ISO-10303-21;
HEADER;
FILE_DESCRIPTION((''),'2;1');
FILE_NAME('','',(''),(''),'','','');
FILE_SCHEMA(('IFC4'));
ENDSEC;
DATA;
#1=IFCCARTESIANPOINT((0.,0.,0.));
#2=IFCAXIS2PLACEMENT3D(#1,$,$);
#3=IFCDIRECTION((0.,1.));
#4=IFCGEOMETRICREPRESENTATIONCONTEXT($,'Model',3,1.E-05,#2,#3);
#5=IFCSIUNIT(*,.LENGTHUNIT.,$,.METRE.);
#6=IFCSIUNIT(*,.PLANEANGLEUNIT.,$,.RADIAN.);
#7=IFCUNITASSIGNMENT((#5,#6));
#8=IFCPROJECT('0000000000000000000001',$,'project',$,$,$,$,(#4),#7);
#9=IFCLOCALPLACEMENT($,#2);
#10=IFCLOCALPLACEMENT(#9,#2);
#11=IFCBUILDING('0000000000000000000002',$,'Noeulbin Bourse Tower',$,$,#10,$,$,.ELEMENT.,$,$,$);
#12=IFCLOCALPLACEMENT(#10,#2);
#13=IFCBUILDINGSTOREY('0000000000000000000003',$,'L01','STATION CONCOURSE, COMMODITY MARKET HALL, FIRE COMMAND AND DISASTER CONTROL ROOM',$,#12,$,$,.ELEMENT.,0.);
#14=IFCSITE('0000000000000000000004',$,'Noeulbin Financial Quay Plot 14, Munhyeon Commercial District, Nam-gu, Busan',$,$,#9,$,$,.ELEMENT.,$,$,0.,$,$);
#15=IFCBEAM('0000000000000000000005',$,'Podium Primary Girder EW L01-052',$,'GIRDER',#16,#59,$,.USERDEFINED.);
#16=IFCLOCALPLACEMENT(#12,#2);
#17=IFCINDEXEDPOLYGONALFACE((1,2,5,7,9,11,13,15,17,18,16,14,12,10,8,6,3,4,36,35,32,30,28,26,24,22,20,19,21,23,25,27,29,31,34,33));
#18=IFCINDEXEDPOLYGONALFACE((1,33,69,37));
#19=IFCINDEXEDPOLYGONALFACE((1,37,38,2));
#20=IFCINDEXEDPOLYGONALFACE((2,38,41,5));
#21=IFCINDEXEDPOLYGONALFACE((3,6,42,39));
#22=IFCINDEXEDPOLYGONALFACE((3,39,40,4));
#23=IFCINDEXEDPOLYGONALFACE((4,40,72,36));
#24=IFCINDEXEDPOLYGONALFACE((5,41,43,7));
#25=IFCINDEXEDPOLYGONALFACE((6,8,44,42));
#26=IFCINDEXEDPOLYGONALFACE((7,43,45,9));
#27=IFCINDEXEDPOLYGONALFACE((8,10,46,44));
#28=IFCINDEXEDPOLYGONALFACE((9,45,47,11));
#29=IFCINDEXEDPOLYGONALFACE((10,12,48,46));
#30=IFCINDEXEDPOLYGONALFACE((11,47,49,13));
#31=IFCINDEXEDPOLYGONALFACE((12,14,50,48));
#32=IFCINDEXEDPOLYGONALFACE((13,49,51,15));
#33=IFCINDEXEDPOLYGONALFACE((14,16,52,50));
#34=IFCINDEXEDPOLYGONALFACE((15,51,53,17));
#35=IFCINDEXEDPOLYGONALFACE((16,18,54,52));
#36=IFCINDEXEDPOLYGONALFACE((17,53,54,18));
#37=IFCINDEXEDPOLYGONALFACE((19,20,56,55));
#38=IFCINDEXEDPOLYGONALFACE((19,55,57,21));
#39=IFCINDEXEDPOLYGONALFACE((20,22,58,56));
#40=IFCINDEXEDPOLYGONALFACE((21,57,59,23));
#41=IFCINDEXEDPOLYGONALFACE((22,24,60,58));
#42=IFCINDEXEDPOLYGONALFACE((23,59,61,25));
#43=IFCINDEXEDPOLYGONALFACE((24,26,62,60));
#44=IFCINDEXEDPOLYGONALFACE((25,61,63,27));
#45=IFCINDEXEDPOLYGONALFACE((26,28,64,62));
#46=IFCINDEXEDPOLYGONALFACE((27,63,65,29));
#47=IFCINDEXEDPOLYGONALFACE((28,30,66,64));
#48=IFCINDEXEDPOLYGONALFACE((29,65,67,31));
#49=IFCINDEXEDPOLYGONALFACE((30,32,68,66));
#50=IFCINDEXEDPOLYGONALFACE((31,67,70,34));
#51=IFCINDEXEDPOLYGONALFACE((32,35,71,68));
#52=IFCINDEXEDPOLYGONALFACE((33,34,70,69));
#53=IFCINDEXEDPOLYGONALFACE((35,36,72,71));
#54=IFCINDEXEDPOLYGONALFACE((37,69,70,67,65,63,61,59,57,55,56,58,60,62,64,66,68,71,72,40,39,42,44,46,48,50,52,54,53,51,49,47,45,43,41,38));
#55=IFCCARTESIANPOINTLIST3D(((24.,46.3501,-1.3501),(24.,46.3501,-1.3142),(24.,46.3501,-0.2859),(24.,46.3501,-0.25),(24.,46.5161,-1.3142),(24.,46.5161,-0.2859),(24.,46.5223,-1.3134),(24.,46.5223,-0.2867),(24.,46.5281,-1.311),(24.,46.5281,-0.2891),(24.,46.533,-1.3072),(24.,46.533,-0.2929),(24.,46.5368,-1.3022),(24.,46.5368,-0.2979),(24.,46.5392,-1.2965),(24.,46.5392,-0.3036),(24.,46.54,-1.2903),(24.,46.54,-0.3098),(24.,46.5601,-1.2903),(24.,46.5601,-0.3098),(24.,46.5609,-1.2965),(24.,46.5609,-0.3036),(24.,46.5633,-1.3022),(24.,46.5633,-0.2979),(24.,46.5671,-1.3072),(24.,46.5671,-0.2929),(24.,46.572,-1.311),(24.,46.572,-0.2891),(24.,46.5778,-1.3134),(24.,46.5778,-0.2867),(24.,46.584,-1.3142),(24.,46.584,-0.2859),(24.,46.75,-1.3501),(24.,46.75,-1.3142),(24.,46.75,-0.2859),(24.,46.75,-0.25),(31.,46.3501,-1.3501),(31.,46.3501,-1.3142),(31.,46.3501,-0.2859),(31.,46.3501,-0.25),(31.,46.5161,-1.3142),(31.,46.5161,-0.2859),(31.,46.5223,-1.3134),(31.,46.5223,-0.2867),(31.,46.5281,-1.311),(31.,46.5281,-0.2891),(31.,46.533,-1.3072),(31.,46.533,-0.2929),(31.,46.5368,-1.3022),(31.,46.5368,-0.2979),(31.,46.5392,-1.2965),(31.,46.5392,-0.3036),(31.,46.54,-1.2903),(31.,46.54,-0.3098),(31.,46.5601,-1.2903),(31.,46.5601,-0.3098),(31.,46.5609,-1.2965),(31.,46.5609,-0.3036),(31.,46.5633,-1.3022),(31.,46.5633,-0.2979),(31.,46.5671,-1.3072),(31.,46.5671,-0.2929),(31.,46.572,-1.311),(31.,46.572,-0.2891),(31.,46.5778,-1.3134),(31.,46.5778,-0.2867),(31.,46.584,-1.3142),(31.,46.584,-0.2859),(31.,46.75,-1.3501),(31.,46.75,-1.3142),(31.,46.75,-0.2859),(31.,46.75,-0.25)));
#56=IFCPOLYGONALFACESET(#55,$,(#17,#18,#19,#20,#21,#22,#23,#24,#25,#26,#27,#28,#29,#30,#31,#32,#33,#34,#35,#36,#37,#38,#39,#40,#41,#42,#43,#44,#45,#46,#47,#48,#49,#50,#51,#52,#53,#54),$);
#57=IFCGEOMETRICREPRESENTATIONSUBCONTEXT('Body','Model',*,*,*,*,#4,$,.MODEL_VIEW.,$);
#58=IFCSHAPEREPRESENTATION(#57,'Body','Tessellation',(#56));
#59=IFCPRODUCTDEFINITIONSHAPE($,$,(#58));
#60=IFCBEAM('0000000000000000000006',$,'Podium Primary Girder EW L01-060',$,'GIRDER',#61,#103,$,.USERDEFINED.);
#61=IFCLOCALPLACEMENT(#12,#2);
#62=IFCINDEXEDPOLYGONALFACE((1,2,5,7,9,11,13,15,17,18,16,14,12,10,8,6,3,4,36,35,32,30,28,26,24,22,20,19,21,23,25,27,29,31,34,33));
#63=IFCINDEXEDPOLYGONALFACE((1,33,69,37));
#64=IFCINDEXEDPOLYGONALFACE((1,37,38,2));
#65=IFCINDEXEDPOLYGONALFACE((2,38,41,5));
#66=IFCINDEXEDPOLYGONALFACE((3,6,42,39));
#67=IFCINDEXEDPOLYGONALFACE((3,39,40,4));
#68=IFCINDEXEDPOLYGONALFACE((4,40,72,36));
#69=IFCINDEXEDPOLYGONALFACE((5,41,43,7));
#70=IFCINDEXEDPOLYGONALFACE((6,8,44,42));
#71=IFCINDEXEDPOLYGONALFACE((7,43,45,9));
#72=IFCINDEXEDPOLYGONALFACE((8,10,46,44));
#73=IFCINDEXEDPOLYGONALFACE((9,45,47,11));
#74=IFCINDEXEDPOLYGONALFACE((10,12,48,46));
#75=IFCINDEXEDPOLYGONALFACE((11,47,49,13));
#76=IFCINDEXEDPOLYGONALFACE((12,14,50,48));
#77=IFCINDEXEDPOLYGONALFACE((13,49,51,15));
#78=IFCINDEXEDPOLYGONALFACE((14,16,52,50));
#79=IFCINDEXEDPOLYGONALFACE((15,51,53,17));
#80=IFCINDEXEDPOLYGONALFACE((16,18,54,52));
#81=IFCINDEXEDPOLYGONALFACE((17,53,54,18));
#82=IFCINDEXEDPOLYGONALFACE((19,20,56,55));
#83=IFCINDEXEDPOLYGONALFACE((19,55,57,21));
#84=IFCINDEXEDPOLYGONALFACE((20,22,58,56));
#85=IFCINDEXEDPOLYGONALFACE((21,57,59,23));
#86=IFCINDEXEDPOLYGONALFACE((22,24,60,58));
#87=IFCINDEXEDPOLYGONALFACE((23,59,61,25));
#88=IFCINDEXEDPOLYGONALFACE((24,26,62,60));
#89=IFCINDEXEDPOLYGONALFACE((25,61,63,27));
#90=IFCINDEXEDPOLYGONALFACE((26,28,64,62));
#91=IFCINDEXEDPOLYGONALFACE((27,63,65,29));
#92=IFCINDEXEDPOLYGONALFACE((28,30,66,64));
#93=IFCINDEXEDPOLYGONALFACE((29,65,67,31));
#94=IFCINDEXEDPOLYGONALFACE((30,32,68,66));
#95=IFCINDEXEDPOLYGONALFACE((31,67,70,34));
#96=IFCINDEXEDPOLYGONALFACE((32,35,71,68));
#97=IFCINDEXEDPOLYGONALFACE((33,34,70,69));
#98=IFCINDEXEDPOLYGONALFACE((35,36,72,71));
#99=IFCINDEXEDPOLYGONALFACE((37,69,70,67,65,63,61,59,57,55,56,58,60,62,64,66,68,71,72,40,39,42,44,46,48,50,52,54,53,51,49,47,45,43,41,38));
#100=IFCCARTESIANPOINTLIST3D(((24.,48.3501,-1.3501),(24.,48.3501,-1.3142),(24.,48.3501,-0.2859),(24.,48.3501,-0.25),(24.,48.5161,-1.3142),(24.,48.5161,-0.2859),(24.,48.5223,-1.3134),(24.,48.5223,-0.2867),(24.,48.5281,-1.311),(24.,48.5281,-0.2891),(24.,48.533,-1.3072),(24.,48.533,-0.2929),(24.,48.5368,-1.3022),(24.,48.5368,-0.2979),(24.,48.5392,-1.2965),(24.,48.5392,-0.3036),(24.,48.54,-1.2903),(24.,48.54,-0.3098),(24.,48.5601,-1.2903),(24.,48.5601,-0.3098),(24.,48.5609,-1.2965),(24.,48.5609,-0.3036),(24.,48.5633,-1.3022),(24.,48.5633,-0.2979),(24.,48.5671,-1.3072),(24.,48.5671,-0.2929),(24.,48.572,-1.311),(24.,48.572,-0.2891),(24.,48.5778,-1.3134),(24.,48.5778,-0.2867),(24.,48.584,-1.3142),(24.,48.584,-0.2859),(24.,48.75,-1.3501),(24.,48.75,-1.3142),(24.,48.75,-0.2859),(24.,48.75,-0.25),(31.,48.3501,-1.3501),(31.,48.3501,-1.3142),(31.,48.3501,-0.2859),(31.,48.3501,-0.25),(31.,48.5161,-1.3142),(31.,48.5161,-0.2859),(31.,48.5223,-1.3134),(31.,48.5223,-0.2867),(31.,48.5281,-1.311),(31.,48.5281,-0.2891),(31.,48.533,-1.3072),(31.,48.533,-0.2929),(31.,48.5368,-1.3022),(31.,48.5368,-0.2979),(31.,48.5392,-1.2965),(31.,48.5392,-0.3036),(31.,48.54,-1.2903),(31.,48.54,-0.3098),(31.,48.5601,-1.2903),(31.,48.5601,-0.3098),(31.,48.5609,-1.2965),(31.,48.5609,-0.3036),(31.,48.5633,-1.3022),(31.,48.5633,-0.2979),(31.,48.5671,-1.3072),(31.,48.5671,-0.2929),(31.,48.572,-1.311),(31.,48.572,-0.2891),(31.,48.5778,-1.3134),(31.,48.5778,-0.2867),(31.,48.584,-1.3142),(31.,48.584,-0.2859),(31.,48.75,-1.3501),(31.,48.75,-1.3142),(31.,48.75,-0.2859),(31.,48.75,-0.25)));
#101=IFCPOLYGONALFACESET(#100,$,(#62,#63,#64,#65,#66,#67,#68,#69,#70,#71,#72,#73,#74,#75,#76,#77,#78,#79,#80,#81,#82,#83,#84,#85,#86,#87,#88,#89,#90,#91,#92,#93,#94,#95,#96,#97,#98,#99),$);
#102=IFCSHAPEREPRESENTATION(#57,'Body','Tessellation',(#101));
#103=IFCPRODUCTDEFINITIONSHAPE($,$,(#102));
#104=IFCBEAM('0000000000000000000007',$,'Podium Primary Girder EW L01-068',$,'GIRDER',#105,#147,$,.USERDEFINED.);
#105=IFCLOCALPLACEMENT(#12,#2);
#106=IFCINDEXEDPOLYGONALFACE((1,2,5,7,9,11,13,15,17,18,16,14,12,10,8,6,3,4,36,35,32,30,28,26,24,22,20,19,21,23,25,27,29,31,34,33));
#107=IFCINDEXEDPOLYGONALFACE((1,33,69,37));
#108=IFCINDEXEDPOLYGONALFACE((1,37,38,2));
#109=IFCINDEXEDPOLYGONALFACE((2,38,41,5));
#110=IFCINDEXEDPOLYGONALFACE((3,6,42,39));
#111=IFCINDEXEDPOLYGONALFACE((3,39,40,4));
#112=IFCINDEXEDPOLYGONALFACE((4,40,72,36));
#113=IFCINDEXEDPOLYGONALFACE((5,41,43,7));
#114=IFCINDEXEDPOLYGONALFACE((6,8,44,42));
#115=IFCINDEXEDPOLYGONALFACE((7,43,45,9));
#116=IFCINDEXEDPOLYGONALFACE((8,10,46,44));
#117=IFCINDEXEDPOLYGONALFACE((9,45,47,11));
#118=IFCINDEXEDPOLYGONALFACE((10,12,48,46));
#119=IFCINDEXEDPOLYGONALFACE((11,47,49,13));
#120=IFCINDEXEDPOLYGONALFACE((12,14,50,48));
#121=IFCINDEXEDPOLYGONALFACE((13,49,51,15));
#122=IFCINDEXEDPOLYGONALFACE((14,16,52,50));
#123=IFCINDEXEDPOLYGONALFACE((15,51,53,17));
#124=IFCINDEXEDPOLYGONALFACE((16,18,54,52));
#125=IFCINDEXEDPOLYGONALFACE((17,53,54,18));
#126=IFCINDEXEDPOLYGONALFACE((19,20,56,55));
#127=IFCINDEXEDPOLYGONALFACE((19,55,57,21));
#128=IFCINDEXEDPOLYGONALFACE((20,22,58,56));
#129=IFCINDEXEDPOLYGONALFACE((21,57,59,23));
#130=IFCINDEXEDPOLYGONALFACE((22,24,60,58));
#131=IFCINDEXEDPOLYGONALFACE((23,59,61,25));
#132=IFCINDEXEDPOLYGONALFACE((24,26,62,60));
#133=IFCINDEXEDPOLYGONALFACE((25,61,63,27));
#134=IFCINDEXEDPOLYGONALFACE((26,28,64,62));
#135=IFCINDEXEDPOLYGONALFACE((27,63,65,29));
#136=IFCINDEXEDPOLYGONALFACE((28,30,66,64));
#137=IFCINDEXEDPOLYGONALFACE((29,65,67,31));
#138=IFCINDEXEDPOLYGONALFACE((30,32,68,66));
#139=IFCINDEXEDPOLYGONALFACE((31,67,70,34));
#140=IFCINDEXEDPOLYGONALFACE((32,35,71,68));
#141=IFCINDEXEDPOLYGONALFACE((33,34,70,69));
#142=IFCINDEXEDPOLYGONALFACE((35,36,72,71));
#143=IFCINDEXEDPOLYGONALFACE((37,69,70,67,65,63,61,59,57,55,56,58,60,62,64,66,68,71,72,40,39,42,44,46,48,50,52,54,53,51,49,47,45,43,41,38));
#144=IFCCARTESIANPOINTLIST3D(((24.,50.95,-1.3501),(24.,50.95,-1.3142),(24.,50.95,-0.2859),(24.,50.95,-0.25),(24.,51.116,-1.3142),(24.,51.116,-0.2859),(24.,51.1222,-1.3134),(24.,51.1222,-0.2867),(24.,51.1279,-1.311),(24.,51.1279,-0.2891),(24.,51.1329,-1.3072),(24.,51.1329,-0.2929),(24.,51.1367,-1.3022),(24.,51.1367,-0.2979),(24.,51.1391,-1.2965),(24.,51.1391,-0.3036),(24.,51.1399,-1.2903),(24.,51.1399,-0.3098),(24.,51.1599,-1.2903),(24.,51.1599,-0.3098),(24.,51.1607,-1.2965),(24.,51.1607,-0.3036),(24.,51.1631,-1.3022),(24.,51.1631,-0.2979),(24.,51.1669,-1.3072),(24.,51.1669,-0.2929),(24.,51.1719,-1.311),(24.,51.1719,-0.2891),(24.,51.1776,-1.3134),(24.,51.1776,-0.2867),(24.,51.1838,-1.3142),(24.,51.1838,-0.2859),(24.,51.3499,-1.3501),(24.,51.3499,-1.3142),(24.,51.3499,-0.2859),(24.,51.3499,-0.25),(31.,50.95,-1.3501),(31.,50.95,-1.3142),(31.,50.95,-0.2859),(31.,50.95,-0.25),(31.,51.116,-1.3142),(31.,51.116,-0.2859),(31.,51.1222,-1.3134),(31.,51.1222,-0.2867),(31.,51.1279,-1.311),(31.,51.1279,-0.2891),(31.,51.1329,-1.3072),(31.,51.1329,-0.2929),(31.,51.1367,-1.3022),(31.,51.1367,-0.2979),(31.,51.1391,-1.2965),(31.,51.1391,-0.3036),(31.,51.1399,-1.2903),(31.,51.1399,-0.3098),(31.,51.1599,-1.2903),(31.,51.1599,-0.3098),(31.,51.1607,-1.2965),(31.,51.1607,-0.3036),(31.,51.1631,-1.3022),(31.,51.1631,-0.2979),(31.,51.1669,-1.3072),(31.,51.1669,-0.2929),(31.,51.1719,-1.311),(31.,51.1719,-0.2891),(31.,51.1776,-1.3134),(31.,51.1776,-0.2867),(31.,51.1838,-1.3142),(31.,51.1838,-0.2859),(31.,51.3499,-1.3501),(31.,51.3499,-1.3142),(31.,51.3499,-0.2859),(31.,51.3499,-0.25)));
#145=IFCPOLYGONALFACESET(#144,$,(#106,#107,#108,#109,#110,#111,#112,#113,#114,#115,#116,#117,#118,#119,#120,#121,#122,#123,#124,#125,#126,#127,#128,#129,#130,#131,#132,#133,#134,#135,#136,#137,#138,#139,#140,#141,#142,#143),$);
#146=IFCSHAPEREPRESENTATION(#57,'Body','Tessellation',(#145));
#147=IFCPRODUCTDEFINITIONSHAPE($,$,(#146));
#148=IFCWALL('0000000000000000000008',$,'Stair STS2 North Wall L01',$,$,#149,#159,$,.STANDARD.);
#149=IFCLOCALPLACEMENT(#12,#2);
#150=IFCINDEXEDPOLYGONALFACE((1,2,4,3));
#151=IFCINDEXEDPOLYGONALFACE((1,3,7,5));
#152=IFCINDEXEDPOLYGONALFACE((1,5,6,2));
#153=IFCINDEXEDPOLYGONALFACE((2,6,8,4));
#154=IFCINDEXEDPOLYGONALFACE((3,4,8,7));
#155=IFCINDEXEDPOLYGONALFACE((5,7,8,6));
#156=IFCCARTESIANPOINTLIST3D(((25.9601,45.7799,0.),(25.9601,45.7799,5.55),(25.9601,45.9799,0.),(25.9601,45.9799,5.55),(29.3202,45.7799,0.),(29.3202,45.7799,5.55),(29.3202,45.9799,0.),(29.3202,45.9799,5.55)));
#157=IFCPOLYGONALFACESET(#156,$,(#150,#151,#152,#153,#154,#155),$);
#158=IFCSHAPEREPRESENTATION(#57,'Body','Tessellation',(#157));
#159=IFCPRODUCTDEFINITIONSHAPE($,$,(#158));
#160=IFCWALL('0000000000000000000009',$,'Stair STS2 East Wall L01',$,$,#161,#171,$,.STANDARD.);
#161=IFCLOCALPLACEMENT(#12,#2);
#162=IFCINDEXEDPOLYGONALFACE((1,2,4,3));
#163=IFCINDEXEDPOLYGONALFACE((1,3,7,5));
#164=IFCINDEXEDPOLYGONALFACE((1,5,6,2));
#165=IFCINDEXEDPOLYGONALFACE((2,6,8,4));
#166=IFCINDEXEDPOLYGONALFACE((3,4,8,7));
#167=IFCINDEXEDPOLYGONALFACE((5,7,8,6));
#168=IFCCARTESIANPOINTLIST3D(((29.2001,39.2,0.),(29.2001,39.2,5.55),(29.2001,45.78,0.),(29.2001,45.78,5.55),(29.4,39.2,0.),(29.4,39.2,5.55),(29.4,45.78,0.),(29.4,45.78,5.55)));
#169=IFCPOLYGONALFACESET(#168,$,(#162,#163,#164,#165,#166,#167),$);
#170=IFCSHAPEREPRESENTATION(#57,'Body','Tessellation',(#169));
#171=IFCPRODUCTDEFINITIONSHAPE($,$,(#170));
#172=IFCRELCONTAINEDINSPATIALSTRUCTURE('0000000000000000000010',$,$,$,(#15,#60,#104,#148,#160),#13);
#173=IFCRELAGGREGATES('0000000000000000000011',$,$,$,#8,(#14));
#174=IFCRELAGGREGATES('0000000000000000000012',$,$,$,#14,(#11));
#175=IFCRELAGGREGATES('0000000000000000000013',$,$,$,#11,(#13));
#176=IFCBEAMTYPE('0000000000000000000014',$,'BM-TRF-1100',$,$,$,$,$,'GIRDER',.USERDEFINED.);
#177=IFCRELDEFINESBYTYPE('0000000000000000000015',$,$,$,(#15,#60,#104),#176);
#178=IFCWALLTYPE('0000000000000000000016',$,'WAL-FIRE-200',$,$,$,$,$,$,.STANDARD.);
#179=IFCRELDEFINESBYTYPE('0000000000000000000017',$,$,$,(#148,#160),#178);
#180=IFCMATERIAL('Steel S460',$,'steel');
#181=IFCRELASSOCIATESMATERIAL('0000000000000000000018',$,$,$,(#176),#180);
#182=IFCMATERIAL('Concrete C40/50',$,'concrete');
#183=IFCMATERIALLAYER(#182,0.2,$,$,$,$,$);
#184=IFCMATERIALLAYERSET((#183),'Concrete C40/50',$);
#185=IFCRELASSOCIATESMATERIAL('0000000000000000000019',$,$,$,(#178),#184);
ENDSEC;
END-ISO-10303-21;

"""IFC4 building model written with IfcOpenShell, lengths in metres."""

from ifc_helpers import new_model, si_unit, direction, frame, frame_2d, origin, origin_2d, place, context, subcontext, project, spatial, rectangle, i_section, extrude, material, layer, layer_set, material_profile, profile_set, type_object, element, save


model = new_model("IFC4")

# Units and contexts
model_context = context("Model", 3, precision=1e-05, world=origin(), true_north=direction((0.0, 1.0)))
body_context = subcontext(model_context, "Body", "Model", "MODEL_VIEW")
ifc_project = project(units=[si_unit("LENGTHUNIT", "METRE"), si_unit("PLANEANGLEUNIT", "RADIAN")], contexts=[model_context])

# Site, building, storey
site_placement = place(None, origin())
site = spatial("IfcSite", under=ifc_project, at=site_placement, Name="Noeulbin Financial Quay Plot 14, Munhyeon Commercial District, Nam-gu, Busan", CompositionType="ELEMENT", RefElevation=0.0)
building_placement = place(site_placement, origin())
building = spatial("IfcBuilding", under=site, at=building_placement, Name="Noeulbin Bourse Tower", CompositionType="ELEMENT")
storey_placement = place(building_placement, origin())
storey = spatial("IfcBuildingStorey", under=building, at=storey_placement, Name="L01", Description="STATION CONCOURSE, COMMODITY MARKET HALL, FIRE COMMAND AND DISASTER CONTROL ROOM", CompositionType="ELEMENT", Elevation=0.0)

# Beams
ifc_material_1 = material(Name="Steel S460", Category="steel")
ifc_material_profile_1 = material_profile(ifc_material_1, i_section(OverallWidth=0.3999, OverallDepth=1.1001, WebThickness=0.02, FlangeThickness=0.0359, FilletRadius=0.0239, at=origin_2d()), Name="PG-1100x400x20x36", Category="LoadBearing")
ifc_profile_set_1 = profile_set([ifc_material_profile_1], Name="Steel S460")
beam_type_1 = type_object("IfcBeamType", Name="BM-TRF-1100", ElementType="GIRDER", PredefinedType="USERDEFINED", material=ifc_profile_set_1)
for number, where, z_axis, x_axis, name in (
    (1, (24.0, 46.55, -0.8), (1.0, 0.0, 0.0), (0.0, 1.0, 0.0), "Podium Primary Girder EW L01-052"),
    (2, (24.0, 48.55, -0.8), (1.0, 0.0, 0.0), (0.0, 1.0, 0.0), "Podium Primary Girder EW L01-060"),
    (3, (24.0, 51.1499, -0.8), (1.0, 0.0, 0.0), (0.0, 1.0, 0.0), "Podium Primary Girder EW L01-068"),
):
    element("IfcBeam", number, at=place(storey_placement, frame(where, z_axis=z_axis, x_axis=x_axis)), inside=storey, type_object=beam_type_1, Name=name, ObjectType="GIRDER", PredefinedType="USERDEFINED", context=body_context, shape_type="SweptSolid", body=[
        extrude(i_section(OverallWidth=0.3999, OverallDepth=1.1001, WebThickness=0.02, FlangeThickness=0.0359, FilletRadius=0.0239, at=origin_2d()), origin(), (0.0, 0.0, 1.0), 7.0),
    ])

# Walls
ifc_material_2 = material(Name="Concrete C40/50", Category="concrete")
ifc_layer_1 = layer(ifc_material_2, 0.2)
ifc_layer_set_1 = layer_set([ifc_layer_1], Name="Concrete C40/50")
wall_type_1 = type_object("IfcWallType", Name="WAL-FIRE-200", PredefinedType="STANDARD", material=ifc_layer_set_1)
wall_1_placement = place(storey_placement, frame((25.96, 45.8799, 0.0), z_axis=(0.0, 0.0, 1.0), x_axis=(1.0, 0.0, 0.0)))
element("IfcWall", 4, at=wall_1_placement, inside=storey, type_object=wall_type_1, Name="Stair STS2 North Wall L01", PredefinedType="STANDARD", context=body_context, shape_type="SweptSolid", body=[
    extrude(rectangle(XDim=3.3601, YDim=0.2, at=frame_2d((1.6802, 0.0))), origin(), (0.0, 0.0, 1.0), 5.55),
])
wall_2_placement = place(storey_placement, frame((29.3, 39.2, 0.0), z_axis=(0.0, 0.0, 1.0), x_axis=(0.0, 1.0, 0.0)))
element("IfcWall", 5, at=wall_2_placement, inside=storey, type_object=wall_type_1, Name="Stair STS2 East Wall L01", PredefinedType="STANDARD", context=body_context, shape_type="SweptSolid", body=[
    extrude(rectangle(XDim=6.5801, YDim=0.2, at=frame_2d((3.29, 0.0))), origin(), (0.0, 0.0, 1.0), 5.55),
])

save(model, "model.ifc")
